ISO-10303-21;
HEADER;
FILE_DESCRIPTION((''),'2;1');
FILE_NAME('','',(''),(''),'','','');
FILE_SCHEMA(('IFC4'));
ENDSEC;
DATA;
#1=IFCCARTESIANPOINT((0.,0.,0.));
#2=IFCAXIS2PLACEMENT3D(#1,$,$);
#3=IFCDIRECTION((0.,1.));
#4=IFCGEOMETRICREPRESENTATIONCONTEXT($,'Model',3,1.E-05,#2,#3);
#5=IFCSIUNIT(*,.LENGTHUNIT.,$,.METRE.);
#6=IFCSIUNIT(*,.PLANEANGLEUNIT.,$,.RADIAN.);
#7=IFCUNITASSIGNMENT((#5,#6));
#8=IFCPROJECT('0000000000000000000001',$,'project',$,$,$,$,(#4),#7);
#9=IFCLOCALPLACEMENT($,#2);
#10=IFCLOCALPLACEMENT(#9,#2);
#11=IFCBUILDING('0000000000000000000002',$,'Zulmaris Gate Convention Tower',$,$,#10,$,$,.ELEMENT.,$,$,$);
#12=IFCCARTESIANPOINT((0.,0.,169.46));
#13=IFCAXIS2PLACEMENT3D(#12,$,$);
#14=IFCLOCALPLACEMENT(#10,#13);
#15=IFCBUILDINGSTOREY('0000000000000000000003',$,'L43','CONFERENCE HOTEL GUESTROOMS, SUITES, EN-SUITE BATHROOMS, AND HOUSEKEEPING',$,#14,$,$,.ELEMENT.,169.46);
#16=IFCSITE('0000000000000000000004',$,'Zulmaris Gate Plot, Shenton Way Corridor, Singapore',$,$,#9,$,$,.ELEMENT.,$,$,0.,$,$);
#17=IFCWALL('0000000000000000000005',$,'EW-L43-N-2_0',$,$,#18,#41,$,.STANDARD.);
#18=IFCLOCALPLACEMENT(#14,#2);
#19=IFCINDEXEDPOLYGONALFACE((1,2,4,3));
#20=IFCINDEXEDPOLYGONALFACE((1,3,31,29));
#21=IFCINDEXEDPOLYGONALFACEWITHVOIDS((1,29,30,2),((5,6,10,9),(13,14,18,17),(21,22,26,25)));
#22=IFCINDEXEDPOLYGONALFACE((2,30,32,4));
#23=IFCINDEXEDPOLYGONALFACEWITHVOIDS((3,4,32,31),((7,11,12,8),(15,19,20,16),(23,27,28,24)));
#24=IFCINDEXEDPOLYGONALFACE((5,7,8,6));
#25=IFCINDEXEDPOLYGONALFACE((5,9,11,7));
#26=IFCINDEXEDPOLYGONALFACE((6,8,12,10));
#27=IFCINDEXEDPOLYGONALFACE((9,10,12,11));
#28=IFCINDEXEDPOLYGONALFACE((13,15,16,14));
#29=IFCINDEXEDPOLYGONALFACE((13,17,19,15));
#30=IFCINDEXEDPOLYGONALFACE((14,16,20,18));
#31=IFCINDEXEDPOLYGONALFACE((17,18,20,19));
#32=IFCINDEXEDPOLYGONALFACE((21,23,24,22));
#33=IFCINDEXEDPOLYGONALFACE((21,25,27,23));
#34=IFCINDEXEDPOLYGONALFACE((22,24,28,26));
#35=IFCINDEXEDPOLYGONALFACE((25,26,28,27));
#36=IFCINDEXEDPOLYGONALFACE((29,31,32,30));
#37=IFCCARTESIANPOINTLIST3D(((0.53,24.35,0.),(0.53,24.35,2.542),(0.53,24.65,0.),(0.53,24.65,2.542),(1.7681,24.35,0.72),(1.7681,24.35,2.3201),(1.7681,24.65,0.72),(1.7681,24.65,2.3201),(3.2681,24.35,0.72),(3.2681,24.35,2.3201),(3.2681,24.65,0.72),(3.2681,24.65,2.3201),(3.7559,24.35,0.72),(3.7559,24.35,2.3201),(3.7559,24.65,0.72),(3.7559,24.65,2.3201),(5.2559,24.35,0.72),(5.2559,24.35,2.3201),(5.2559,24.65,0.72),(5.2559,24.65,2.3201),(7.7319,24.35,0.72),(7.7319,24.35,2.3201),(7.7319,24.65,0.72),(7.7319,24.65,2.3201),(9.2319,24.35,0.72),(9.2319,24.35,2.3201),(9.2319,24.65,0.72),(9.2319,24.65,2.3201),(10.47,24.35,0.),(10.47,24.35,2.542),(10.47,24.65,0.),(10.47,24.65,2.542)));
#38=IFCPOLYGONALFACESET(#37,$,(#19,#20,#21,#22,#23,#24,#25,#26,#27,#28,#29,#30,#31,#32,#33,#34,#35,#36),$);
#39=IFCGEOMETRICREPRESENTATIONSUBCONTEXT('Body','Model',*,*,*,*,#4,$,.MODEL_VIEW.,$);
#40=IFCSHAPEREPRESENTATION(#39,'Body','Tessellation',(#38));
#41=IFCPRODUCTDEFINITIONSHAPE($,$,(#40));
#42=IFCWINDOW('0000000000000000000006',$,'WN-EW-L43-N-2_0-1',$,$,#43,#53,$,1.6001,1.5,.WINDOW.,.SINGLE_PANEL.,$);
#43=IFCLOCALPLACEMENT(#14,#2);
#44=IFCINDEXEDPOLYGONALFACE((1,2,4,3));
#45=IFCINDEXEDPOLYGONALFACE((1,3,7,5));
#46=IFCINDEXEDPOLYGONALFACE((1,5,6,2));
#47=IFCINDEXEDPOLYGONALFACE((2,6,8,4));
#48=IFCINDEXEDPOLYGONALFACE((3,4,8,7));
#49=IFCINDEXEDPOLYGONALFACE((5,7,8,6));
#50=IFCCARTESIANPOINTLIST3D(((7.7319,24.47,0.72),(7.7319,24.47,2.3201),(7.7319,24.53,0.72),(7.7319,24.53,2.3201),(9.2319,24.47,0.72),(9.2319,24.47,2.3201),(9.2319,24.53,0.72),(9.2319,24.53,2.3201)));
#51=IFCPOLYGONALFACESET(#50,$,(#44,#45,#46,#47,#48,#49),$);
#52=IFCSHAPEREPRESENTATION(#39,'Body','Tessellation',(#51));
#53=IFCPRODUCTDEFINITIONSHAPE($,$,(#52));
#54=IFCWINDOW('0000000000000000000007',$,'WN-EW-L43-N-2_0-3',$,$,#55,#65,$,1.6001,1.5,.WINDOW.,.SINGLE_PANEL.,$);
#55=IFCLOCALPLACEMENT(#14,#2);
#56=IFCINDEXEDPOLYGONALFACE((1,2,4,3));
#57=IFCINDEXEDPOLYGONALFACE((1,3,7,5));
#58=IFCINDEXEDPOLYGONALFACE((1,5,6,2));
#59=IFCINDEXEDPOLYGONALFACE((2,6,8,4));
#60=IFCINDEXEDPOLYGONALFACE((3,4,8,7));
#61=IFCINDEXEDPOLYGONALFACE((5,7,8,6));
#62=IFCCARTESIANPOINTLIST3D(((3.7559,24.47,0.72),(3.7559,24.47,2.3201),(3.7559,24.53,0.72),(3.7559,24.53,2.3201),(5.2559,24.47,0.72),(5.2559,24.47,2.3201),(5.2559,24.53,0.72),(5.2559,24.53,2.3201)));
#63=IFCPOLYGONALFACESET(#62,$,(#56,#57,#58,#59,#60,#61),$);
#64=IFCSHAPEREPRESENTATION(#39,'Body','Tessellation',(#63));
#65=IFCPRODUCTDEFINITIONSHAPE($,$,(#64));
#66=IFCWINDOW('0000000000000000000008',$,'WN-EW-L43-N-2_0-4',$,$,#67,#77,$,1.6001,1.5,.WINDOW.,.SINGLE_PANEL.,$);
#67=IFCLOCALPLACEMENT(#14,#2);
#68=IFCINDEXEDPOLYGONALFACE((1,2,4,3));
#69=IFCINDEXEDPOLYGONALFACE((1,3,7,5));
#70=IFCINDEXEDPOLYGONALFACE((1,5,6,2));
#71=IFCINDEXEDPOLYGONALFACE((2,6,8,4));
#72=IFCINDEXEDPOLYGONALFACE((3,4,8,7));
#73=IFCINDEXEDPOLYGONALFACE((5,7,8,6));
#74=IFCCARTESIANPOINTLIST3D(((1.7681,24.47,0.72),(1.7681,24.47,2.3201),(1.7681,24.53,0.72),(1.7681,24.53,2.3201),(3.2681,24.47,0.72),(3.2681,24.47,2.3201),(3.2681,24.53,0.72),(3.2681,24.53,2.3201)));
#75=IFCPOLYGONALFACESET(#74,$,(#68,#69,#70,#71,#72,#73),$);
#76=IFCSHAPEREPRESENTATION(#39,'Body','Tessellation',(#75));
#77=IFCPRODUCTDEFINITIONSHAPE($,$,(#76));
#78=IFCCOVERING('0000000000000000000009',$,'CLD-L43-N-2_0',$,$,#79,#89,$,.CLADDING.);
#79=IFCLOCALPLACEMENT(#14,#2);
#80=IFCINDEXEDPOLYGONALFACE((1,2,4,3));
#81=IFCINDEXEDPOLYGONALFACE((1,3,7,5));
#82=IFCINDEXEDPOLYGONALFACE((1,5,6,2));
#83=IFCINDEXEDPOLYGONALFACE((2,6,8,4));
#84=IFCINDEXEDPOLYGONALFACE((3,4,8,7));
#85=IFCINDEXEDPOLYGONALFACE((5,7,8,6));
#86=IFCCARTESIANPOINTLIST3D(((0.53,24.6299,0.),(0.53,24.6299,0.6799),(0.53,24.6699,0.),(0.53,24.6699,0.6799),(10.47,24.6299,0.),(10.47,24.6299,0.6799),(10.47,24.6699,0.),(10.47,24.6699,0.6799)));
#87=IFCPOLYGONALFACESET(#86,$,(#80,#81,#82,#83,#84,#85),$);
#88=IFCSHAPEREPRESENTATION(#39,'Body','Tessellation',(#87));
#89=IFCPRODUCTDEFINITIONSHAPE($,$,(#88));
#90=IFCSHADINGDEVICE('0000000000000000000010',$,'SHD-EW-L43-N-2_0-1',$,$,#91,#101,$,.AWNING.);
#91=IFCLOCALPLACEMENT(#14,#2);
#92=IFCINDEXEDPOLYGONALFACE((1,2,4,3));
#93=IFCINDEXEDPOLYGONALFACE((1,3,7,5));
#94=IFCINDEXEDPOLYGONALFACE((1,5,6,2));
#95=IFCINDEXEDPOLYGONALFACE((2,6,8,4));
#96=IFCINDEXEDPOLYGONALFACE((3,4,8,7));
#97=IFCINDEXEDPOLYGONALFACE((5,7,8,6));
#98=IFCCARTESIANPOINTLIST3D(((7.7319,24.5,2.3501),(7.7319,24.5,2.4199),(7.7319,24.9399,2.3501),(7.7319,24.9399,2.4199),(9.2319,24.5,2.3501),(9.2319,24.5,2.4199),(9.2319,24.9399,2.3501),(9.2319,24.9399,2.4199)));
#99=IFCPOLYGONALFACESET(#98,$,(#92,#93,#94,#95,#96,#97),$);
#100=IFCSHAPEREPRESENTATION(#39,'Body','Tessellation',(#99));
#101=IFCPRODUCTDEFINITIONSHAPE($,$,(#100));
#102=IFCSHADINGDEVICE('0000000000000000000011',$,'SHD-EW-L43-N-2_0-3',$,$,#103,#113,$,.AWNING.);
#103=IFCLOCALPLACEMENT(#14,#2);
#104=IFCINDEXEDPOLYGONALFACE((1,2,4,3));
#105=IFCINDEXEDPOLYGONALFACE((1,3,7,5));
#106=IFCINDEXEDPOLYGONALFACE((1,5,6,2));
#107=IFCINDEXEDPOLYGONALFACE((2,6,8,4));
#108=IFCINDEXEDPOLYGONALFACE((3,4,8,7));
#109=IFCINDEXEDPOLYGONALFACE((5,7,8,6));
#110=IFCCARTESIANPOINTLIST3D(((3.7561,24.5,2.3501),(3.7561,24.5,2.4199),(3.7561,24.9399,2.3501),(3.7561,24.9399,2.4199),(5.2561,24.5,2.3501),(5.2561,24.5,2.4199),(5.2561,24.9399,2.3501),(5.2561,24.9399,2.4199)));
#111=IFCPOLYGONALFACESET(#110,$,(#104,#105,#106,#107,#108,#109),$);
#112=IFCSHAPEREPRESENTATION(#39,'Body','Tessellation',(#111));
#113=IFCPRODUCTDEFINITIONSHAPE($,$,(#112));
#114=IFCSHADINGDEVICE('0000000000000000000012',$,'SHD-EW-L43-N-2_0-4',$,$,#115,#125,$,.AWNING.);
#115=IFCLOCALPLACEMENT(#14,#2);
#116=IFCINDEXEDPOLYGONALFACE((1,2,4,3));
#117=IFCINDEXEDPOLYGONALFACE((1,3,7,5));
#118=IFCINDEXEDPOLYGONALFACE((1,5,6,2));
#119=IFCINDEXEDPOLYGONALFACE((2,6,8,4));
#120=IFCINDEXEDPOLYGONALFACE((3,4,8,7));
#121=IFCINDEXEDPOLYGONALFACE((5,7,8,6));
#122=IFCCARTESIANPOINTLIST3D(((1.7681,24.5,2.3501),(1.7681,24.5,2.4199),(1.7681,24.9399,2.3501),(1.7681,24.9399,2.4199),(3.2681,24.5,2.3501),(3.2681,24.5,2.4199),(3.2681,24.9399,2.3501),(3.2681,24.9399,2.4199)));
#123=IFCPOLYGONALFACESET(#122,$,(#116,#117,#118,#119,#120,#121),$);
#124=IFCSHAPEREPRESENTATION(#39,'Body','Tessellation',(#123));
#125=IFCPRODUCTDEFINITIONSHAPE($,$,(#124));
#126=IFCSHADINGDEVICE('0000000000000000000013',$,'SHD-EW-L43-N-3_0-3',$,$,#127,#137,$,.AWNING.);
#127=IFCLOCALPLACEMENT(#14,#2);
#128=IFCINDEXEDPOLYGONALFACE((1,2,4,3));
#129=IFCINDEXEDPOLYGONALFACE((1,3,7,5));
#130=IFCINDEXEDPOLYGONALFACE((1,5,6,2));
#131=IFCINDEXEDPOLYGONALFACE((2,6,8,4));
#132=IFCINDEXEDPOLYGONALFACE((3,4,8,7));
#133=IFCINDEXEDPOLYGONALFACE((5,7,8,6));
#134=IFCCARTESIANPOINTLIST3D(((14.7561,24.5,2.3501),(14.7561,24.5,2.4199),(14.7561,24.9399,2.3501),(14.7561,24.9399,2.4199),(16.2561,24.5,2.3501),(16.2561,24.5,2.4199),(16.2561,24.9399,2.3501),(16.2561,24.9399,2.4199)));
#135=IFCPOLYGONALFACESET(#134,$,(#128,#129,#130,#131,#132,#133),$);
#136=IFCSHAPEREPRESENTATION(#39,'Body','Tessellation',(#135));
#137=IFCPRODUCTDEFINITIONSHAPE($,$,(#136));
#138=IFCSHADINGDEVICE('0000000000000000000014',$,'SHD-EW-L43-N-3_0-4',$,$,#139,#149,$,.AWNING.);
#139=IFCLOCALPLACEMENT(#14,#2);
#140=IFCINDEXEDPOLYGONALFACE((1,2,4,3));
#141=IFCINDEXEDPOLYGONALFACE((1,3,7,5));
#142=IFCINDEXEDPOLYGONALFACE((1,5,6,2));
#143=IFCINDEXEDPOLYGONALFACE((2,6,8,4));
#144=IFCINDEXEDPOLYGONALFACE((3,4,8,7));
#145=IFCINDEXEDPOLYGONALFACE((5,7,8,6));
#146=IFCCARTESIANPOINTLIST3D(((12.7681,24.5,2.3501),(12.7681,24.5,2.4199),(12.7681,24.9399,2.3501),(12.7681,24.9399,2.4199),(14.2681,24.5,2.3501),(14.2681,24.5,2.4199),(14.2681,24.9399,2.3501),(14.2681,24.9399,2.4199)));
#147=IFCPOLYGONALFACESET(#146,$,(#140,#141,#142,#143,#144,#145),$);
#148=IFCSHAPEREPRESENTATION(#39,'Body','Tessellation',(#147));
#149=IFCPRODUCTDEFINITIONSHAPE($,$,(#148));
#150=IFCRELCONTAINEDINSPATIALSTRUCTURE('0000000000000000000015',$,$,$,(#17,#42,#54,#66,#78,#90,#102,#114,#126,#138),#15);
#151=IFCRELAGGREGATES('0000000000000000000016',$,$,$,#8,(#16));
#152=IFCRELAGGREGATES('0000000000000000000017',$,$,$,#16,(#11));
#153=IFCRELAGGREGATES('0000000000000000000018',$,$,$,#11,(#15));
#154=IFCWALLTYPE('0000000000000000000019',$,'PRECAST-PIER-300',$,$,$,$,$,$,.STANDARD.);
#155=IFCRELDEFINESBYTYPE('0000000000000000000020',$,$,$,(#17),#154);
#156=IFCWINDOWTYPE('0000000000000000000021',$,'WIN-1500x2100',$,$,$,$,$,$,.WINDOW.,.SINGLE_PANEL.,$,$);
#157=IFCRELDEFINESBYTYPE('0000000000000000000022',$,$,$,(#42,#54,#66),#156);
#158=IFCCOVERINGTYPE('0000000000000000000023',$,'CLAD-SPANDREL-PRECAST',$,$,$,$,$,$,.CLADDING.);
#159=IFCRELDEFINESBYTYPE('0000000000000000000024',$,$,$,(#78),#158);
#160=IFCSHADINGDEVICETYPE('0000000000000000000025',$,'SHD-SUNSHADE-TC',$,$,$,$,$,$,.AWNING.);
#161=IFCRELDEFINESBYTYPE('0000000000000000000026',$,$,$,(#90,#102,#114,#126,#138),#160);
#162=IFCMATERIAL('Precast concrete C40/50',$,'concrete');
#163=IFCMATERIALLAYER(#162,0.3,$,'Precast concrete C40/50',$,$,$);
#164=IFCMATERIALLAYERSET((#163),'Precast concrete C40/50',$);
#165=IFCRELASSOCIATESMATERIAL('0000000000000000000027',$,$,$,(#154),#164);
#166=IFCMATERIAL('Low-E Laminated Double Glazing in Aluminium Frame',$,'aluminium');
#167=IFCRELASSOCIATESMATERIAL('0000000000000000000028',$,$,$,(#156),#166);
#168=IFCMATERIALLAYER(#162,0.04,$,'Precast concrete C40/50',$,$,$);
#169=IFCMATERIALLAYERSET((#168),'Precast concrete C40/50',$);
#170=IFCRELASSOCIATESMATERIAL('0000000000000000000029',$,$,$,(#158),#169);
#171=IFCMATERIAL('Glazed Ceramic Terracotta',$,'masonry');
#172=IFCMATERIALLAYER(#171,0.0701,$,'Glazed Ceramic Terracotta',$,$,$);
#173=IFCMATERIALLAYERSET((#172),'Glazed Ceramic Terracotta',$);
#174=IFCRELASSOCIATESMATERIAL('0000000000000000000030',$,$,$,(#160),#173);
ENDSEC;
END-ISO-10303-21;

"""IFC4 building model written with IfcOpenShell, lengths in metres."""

from ifc_helpers import new_model, si_unit, direction, frame, frame_2d, origin, place, context, subcontext, project, spatial, rectangle, extrude, material, layer, layer_set, type_object, element, fill, save


model = new_model("IFC4")

# Units and contexts
model_context = context("Model", 3, precision=1e-05, world=origin(), true_north=direction((0.0, 1.0)))
body_context = subcontext(model_context, "Body", "Model", "MODEL_VIEW")
ifc_project = project(units=[si_unit("LENGTHUNIT", "METRE"), si_unit("PLANEANGLEUNIT", "RADIAN")], contexts=[model_context])

# Site, building, storey
site_placement = place(None, origin())
site = spatial("IfcSite", under=ifc_project, at=site_placement, Name="Zulmaris Gate Plot, Shenton Way Corridor, Singapore", CompositionType="ELEMENT", RefElevation=0.0)
building_placement = place(site_placement, origin())
building = spatial("IfcBuilding", under=site, at=building_placement, Name="Zulmaris Gate Convention Tower", CompositionType="ELEMENT")
storey_placement = place(building_placement, frame((0.0, 0.0, 169.46)))
storey = spatial("IfcBuildingStorey", under=building, at=storey_placement, Name="L43", Description="CONFERENCE HOTEL GUESTROOMS, SUITES, EN-SUITE BATHROOMS, AND HOUSEKEEPING", CompositionType="ELEMENT", Elevation=169.46)

# Wall, openings, windows
ifc_material_1 = material(Name="Precast concrete C40/50", Category="concrete")
ifc_layer_1 = layer(ifc_material_1, 0.3, Name="Precast concrete C40/50")
ifc_layer_set_1 = layer_set([ifc_layer_1], Name="Precast concrete C40/50")
wall_type_1 = type_object("IfcWallType", Name="PRECAST-PIER-300", PredefinedType="STANDARD", material=ifc_layer_set_1)
wall_1_placement = place(storey_placement, frame((10.47, 24.5, 0.0), z_axis=(0.0, 0.0, 1.0), x_axis=(-1.0, 0.0, 0.0)))
wall_1 = element("IfcWall", 1, at=wall_1_placement, inside=storey, type_object=wall_type_1, Name="EW-L43-N-2_0", PredefinedType="STANDARD", context=body_context, shape_type="SweptSolid", body=[
    extrude(rectangle(XDim=9.9399, YDim=0.3, at=frame_2d((4.97, 0.0))), origin(), (0.0, 0.0, 1.0), 2.542),
])
opening_1_placement = place(wall_1_placement, frame((1.238, 0.0, 0.72)))
opening_1 = element("IfcOpeningElement", 2, at=opening_1_placement, cuts=wall_1, PredefinedType="OPENING", context=body_context, shape_type="SweptSolid", body=[
    extrude(rectangle(XDim=1.5, YDim=1.6001, at=frame_2d((0.75, 0.8))), frame((0.0, 0.1602, 0.0), z_axis=(0.0, -1.0, 0.0), x_axis=(1.0, 0.0, 0.0)), (0.0, 0.0, 1.0), 0.3201),
])
opening_2_placement = place(wall_1_placement, frame((5.2141, 0.0, 0.72)))
opening_2 = element("IfcOpeningElement", 3, at=opening_2_placement, cuts=wall_1, PredefinedType="OPENING", context=body_context, shape_type="SweptSolid", body=[
    extrude(rectangle(XDim=1.5, YDim=1.6001, at=frame_2d((0.75, 0.8))), frame((0.0, 0.1602, 0.0), z_axis=(0.0, -1.0, 0.0), x_axis=(1.0, 0.0, 0.0)), (0.0, 0.0, 1.0), 0.3201),
])
opening_3_placement = place(wall_1_placement, frame((7.2019, 0.0, 0.72)))
opening_3 = element("IfcOpeningElement", 4, at=opening_3_placement, cuts=wall_1, PredefinedType="OPENING", context=body_context, shape_type="SweptSolid", body=[
    extrude(rectangle(XDim=1.5, YDim=1.6001, at=frame_2d((0.75, 0.8))), frame((0.0, 0.1602, 0.0), z_axis=(0.0, -1.0, 0.0), x_axis=(1.0, 0.0, 0.0)), (0.0, 0.0, 1.0), 0.3201),
])
ifc_material_2 = material(Name="Low-E Laminated Double Glazing in Aluminium Frame", Category="aluminium")
window_type = type_object("IfcWindowType", Name="WIN-1500x2100", PartitioningType="SINGLE_PANEL", PredefinedType="WINDOW", material=ifc_material_2)
window_1_placement = place(opening_1_placement, origin())
window_1 = element("IfcWindow", 5, at=window_1_placement, inside=storey, type_object=window_type, Name="WN-EW-L43-N-2_0-1", OverallHeight=1.6001, OverallWidth=1.5, PartitioningType="SINGLE_PANEL", PredefinedType="WINDOW", context=body_context, shape_type="SweptSolid", body=[
    extrude(rectangle(XDim=1.5, YDim=1.6001, at=frame_2d((0.75, 0.8))), frame((0.0, 0.03, 0.0), z_axis=(0.0, -1.0, 0.0), x_axis=(1.0, 0.0, 0.0)), (0.0, 0.0, 1.0), 0.0601),
])
fill(opening_1, window_1)
window_2_placement = place(opening_2_placement, origin())
window_2 = element("IfcWindow", 6, at=window_2_placement, inside=storey, type_object=window_type, Name="WN-EW-L43-N-2_0-3", OverallHeight=1.6001, OverallWidth=1.5, PartitioningType="SINGLE_PANEL", PredefinedType="WINDOW", context=body_context, shape_type="SweptSolid", body=[
    extrude(rectangle(XDim=1.5, YDim=1.6001, at=frame_2d((0.75, 0.8))), frame((0.0, 0.03, 0.0), z_axis=(0.0, -1.0, 0.0), x_axis=(1.0, 0.0, 0.0)), (0.0, 0.0, 1.0), 0.0601),
])
fill(opening_2, window_2)
window_3_placement = place(opening_3_placement, origin())
window_3 = element("IfcWindow", 7, at=window_3_placement, inside=storey, type_object=window_type, Name="WN-EW-L43-N-2_0-4", OverallHeight=1.6001, OverallWidth=1.5, PartitioningType="SINGLE_PANEL", PredefinedType="WINDOW", context=body_context, shape_type="SweptSolid", body=[
    extrude(rectangle(XDim=1.5, YDim=1.6001, at=frame_2d((0.75, 0.8))), frame((0.0, 0.03, 0.0), z_axis=(0.0, -1.0, 0.0), x_axis=(1.0, 0.0, 0.0)), (0.0, 0.0, 1.0), 0.0601),
])
fill(opening_3, window_3)

# Covering
ifc_layer_2 = layer(ifc_material_1, 0.04, Name="Precast concrete C40/50")
ifc_layer_set_2 = layer_set([ifc_layer_2], Name="Precast concrete C40/50")
covering_type = type_object("IfcCoveringType", Name="CLAD-SPANDREL-PRECAST", PredefinedType="CLADDING", material=ifc_layer_set_2)
covering_placement = place(storey_placement, frame((10.47, 24.6499, 0.0), z_axis=(0.0, 0.0, 1.0), x_axis=(-1.0, 0.0, 0.0)))
element("IfcCovering", 8, at=covering_placement, inside=storey, type_object=covering_type, Name="CLD-L43-N-2_0", PredefinedType="CLADDING", context=body_context, shape_type="SweptSolid", body=[
    extrude(rectangle(XDim=9.9399, YDim=0.04, at=frame_2d((4.97, 0.0))), origin(), (0.0, 0.0, 1.0), 0.6799),
])

# Shading devices
ifc_material_3 = material(Name="Glazed Ceramic Terracotta", Category="masonry")
ifc_layer_3 = layer(ifc_material_3, 0.0701, Name="Glazed Ceramic Terracotta")
ifc_layer_set_3 = layer_set([ifc_layer_3], Name="Glazed Ceramic Terracotta")
shading_device_type = type_object("IfcShadingDeviceType", Name="SHD-SUNSHADE-TC", PredefinedType="AWNING", material=ifc_layer_set_3)
for number, where, z_axis, x_axis, name in (
    (9, (9.2319, 24.72, 2.3501), (0.0, 0.0, 1.0), (-1.0, 0.0, 0.0), "SHD-EW-L43-N-2_0-1"),
    (10, (5.2561, 24.72, 2.3501), (0.0, 0.0, 1.0), (-1.0, 0.0, 0.0), "SHD-EW-L43-N-2_0-3"),
    (11, (3.2681, 24.72, 2.3501), (0.0, 0.0, 1.0), (-1.0, 0.0, 0.0), "SHD-EW-L43-N-2_0-4"),
    (12, (16.2561, 24.72, 2.3501), (0.0, 0.0, 1.0), (-1.0, 0.0, 0.0), "SHD-EW-L43-N-3_0-3"),
    (13, (14.2681, 24.72, 2.3501), (0.0, 0.0, 1.0), (-1.0, 0.0, 0.0), "SHD-EW-L43-N-3_0-4"),
):
    element("IfcShadingDevice", number, at=place(storey_placement, frame(where, z_axis=z_axis, x_axis=x_axis)), inside=storey, type_object=shading_device_type, Name=name, PredefinedType="AWNING", context=body_context, shape_type="SweptSolid", body=[
        extrude(rectangle(XDim=1.5, YDim=0.4399, at=frame_2d((0.75, 0.0))), origin(), (0.0, 0.0, 1.0), 0.0698),
    ])

save(model, "model.ifc")
